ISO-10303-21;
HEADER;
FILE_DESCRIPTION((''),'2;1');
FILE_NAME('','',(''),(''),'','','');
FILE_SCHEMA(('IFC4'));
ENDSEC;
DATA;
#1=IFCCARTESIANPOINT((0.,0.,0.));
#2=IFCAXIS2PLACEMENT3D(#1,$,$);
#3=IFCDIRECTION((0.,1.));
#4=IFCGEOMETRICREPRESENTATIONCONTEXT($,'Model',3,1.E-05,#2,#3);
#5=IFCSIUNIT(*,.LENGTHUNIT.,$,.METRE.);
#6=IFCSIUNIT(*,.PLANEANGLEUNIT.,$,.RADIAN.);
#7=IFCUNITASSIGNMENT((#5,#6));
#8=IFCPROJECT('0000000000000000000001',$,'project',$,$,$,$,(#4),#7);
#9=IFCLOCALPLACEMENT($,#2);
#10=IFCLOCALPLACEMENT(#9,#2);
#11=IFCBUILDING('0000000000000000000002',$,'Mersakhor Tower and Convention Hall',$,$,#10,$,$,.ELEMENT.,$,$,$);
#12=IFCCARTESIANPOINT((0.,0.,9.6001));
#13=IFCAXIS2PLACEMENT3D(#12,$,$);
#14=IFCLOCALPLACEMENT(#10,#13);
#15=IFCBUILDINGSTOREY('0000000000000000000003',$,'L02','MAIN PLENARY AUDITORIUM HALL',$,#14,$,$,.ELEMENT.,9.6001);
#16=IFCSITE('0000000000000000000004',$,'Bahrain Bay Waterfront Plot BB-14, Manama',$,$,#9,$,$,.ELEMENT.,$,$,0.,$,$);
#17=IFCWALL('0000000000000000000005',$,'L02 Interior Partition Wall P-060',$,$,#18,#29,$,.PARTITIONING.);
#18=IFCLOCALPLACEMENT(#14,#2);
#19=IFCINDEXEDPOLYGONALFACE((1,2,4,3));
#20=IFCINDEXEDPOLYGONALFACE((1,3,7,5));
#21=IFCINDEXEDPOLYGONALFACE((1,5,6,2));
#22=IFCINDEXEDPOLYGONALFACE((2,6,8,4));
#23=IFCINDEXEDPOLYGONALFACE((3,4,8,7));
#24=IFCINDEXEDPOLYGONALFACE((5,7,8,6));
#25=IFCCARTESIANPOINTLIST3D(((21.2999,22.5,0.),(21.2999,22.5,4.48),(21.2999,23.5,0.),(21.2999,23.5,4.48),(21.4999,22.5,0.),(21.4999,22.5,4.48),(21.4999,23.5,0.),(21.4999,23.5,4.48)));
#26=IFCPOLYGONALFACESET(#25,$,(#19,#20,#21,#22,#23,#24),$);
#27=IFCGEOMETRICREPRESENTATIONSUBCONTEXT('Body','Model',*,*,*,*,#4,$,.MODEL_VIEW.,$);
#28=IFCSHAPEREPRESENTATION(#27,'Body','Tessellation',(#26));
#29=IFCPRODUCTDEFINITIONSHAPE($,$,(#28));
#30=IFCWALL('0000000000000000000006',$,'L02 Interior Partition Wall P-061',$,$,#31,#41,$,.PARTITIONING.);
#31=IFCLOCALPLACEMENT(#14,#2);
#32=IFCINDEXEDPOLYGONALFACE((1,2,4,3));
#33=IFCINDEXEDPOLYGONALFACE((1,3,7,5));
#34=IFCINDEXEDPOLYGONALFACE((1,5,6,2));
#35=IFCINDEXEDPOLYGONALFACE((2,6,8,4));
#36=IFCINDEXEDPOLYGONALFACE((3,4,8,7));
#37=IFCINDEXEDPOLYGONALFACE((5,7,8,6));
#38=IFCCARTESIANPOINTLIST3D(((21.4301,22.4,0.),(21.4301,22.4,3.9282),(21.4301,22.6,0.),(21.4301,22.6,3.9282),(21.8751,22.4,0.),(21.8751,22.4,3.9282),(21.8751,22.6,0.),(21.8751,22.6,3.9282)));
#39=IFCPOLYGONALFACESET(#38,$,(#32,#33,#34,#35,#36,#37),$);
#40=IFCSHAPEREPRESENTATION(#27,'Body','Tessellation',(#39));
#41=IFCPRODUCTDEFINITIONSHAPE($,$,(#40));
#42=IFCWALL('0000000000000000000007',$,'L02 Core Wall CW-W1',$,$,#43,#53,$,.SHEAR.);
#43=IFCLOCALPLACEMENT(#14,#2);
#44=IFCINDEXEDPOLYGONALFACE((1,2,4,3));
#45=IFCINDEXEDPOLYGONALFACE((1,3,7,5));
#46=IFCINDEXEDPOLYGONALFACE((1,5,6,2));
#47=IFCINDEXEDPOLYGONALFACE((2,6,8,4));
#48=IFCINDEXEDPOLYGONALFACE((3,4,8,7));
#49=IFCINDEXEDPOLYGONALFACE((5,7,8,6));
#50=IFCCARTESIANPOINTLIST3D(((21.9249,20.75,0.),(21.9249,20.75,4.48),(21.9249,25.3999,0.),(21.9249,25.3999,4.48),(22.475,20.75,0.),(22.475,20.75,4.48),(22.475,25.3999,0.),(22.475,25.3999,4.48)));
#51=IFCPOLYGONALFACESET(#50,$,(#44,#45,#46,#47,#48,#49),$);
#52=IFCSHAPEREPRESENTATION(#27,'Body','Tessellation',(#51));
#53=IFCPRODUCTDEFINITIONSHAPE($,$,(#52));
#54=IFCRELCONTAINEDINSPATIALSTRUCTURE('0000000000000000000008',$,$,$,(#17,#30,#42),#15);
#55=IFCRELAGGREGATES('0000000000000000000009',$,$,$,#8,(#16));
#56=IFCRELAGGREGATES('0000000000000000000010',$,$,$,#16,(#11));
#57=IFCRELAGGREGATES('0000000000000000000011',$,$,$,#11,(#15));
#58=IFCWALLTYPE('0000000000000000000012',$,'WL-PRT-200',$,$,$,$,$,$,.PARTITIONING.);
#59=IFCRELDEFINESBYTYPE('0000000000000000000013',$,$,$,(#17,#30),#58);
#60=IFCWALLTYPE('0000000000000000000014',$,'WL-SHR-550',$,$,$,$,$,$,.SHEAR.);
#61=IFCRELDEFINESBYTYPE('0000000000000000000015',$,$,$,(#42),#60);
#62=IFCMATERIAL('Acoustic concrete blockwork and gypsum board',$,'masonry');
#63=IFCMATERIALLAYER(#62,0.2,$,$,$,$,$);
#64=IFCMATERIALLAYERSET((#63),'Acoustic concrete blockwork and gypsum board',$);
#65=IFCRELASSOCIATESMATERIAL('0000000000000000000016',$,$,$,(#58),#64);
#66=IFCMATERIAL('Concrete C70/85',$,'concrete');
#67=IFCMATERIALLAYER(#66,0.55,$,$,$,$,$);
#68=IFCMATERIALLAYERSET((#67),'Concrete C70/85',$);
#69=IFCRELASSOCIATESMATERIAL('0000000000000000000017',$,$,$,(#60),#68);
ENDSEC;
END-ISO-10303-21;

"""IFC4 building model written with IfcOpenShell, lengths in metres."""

from ifc_helpers import new_model, si_unit, direction, frame, frame_2d, origin, place, context, subcontext, project, spatial, rectangle, extrude, material, layer, layer_set, type_object, element, save


model = new_model("IFC4")

# Units and contexts
model_context = context("Model", 3, precision=1e-05, world=origin(), true_north=direction((0.0, 1.0)))
body_context = subcontext(model_context, "Body", "Model", "MODEL_VIEW")
ifc_project = project(units=[si_unit("LENGTHUNIT", "METRE"), si_unit("PLANEANGLEUNIT", "RADIAN")], contexts=[model_context])

# Site, building, storey
site_placement = place(None, origin())
site = spatial("IfcSite", under=ifc_project, at=site_placement, Name="Bahrain Bay Waterfront Plot BB-14, Manama", CompositionType="ELEMENT", RefElevation=0.0)
building_placement = place(site_placement, origin())
building = spatial("IfcBuilding", under=site, at=building_placement, Name="Mersakhor Tower and Convention Hall", CompositionType="ELEMENT")
storey_placement = place(building_placement, frame((0.0, 0.0, 9.6001)))
storey = spatial("IfcBuildingStorey", under=building, at=storey_placement, Name="L02", Description="MAIN PLENARY AUDITORIUM HALL", CompositionType="ELEMENT", Elevation=9.6001)

# Shared definitions
ifc_material_1 = material(Name="Acoustic concrete blockwork and gypsum board", Category="masonry")
ifc_layer_1 = layer(ifc_material_1, 0.2)
ifc_layer_set_1 = layer_set([ifc_layer_1], Name="Acoustic concrete blockwork and gypsum board")
wall_type_1 = type_object("IfcWallType", Name="WL-PRT-200", PredefinedType="PARTITIONING", material=ifc_layer_set_1)

# Walls
wall_1_placement = place(storey_placement, frame((21.3999, 23.5, 0.0), z_axis=(0.0, 0.0, 1.0), x_axis=(0.0, -1.0, 0.0)))
element("IfcWall", 1, at=wall_1_placement, inside=storey, type_object=wall_type_1, Name="L02 Interior Partition Wall P-060", PredefinedType="PARTITIONING", context=body_context, shape_type="SweptSolid", body=[
    extrude(rectangle(XDim=1.0, YDim=0.2, at=frame_2d((0.5, 0.0))), origin(), (0.0, 0.0, 1.0), 4.48),
])
wall_2_placement = place(storey_placement, frame((21.4299, 22.5, 0.0), z_axis=(0.0, 0.0, 1.0), x_axis=(1.0, 0.0, 0.0)))
element("IfcWall", 2, at=wall_2_placement, inside=storey, type_object=wall_type_1, Name="L02 Interior Partition Wall P-061", PredefinedType="PARTITIONING", context=body_context, shape_type="SweptSolid", body=[
    extrude(rectangle(XDim=0.4451, YDim=0.2, at=frame_2d((0.2227, 0.0))), origin(), (0.0, 0.0, 1.0), 3.9282),
])
ifc_material_2 = material(Name="Concrete C70/85", Category="concrete")
ifc_layer_2 = layer(ifc_material_2, 0.55)
ifc_layer_set_2 = layer_set([ifc_layer_2], Name="Concrete C70/85")
wall_type_2 = type_object("IfcWallType", Name="WL-SHR-550", PredefinedType="SHEAR", material=ifc_layer_set_2)
wall_3_placement = place(storey_placement, frame((22.2, 20.75, 0.0), z_axis=(0.0, 0.0, 1.0), x_axis=(0.0, 1.0, 0.0)))
element("IfcWall", 3, at=wall_3_placement, inside=storey, type_object=wall_type_2, Name="L02 Core Wall CW-W1", PredefinedType="SHEAR", context=body_context, shape_type="SweptSolid", body=[
    extrude(rectangle(XDim=4.6499, YDim=0.55, at=frame_2d((2.325, 0.0))), origin(), (0.0, 0.0, 1.0), 4.48),
])

save(model, "model.ifc")
